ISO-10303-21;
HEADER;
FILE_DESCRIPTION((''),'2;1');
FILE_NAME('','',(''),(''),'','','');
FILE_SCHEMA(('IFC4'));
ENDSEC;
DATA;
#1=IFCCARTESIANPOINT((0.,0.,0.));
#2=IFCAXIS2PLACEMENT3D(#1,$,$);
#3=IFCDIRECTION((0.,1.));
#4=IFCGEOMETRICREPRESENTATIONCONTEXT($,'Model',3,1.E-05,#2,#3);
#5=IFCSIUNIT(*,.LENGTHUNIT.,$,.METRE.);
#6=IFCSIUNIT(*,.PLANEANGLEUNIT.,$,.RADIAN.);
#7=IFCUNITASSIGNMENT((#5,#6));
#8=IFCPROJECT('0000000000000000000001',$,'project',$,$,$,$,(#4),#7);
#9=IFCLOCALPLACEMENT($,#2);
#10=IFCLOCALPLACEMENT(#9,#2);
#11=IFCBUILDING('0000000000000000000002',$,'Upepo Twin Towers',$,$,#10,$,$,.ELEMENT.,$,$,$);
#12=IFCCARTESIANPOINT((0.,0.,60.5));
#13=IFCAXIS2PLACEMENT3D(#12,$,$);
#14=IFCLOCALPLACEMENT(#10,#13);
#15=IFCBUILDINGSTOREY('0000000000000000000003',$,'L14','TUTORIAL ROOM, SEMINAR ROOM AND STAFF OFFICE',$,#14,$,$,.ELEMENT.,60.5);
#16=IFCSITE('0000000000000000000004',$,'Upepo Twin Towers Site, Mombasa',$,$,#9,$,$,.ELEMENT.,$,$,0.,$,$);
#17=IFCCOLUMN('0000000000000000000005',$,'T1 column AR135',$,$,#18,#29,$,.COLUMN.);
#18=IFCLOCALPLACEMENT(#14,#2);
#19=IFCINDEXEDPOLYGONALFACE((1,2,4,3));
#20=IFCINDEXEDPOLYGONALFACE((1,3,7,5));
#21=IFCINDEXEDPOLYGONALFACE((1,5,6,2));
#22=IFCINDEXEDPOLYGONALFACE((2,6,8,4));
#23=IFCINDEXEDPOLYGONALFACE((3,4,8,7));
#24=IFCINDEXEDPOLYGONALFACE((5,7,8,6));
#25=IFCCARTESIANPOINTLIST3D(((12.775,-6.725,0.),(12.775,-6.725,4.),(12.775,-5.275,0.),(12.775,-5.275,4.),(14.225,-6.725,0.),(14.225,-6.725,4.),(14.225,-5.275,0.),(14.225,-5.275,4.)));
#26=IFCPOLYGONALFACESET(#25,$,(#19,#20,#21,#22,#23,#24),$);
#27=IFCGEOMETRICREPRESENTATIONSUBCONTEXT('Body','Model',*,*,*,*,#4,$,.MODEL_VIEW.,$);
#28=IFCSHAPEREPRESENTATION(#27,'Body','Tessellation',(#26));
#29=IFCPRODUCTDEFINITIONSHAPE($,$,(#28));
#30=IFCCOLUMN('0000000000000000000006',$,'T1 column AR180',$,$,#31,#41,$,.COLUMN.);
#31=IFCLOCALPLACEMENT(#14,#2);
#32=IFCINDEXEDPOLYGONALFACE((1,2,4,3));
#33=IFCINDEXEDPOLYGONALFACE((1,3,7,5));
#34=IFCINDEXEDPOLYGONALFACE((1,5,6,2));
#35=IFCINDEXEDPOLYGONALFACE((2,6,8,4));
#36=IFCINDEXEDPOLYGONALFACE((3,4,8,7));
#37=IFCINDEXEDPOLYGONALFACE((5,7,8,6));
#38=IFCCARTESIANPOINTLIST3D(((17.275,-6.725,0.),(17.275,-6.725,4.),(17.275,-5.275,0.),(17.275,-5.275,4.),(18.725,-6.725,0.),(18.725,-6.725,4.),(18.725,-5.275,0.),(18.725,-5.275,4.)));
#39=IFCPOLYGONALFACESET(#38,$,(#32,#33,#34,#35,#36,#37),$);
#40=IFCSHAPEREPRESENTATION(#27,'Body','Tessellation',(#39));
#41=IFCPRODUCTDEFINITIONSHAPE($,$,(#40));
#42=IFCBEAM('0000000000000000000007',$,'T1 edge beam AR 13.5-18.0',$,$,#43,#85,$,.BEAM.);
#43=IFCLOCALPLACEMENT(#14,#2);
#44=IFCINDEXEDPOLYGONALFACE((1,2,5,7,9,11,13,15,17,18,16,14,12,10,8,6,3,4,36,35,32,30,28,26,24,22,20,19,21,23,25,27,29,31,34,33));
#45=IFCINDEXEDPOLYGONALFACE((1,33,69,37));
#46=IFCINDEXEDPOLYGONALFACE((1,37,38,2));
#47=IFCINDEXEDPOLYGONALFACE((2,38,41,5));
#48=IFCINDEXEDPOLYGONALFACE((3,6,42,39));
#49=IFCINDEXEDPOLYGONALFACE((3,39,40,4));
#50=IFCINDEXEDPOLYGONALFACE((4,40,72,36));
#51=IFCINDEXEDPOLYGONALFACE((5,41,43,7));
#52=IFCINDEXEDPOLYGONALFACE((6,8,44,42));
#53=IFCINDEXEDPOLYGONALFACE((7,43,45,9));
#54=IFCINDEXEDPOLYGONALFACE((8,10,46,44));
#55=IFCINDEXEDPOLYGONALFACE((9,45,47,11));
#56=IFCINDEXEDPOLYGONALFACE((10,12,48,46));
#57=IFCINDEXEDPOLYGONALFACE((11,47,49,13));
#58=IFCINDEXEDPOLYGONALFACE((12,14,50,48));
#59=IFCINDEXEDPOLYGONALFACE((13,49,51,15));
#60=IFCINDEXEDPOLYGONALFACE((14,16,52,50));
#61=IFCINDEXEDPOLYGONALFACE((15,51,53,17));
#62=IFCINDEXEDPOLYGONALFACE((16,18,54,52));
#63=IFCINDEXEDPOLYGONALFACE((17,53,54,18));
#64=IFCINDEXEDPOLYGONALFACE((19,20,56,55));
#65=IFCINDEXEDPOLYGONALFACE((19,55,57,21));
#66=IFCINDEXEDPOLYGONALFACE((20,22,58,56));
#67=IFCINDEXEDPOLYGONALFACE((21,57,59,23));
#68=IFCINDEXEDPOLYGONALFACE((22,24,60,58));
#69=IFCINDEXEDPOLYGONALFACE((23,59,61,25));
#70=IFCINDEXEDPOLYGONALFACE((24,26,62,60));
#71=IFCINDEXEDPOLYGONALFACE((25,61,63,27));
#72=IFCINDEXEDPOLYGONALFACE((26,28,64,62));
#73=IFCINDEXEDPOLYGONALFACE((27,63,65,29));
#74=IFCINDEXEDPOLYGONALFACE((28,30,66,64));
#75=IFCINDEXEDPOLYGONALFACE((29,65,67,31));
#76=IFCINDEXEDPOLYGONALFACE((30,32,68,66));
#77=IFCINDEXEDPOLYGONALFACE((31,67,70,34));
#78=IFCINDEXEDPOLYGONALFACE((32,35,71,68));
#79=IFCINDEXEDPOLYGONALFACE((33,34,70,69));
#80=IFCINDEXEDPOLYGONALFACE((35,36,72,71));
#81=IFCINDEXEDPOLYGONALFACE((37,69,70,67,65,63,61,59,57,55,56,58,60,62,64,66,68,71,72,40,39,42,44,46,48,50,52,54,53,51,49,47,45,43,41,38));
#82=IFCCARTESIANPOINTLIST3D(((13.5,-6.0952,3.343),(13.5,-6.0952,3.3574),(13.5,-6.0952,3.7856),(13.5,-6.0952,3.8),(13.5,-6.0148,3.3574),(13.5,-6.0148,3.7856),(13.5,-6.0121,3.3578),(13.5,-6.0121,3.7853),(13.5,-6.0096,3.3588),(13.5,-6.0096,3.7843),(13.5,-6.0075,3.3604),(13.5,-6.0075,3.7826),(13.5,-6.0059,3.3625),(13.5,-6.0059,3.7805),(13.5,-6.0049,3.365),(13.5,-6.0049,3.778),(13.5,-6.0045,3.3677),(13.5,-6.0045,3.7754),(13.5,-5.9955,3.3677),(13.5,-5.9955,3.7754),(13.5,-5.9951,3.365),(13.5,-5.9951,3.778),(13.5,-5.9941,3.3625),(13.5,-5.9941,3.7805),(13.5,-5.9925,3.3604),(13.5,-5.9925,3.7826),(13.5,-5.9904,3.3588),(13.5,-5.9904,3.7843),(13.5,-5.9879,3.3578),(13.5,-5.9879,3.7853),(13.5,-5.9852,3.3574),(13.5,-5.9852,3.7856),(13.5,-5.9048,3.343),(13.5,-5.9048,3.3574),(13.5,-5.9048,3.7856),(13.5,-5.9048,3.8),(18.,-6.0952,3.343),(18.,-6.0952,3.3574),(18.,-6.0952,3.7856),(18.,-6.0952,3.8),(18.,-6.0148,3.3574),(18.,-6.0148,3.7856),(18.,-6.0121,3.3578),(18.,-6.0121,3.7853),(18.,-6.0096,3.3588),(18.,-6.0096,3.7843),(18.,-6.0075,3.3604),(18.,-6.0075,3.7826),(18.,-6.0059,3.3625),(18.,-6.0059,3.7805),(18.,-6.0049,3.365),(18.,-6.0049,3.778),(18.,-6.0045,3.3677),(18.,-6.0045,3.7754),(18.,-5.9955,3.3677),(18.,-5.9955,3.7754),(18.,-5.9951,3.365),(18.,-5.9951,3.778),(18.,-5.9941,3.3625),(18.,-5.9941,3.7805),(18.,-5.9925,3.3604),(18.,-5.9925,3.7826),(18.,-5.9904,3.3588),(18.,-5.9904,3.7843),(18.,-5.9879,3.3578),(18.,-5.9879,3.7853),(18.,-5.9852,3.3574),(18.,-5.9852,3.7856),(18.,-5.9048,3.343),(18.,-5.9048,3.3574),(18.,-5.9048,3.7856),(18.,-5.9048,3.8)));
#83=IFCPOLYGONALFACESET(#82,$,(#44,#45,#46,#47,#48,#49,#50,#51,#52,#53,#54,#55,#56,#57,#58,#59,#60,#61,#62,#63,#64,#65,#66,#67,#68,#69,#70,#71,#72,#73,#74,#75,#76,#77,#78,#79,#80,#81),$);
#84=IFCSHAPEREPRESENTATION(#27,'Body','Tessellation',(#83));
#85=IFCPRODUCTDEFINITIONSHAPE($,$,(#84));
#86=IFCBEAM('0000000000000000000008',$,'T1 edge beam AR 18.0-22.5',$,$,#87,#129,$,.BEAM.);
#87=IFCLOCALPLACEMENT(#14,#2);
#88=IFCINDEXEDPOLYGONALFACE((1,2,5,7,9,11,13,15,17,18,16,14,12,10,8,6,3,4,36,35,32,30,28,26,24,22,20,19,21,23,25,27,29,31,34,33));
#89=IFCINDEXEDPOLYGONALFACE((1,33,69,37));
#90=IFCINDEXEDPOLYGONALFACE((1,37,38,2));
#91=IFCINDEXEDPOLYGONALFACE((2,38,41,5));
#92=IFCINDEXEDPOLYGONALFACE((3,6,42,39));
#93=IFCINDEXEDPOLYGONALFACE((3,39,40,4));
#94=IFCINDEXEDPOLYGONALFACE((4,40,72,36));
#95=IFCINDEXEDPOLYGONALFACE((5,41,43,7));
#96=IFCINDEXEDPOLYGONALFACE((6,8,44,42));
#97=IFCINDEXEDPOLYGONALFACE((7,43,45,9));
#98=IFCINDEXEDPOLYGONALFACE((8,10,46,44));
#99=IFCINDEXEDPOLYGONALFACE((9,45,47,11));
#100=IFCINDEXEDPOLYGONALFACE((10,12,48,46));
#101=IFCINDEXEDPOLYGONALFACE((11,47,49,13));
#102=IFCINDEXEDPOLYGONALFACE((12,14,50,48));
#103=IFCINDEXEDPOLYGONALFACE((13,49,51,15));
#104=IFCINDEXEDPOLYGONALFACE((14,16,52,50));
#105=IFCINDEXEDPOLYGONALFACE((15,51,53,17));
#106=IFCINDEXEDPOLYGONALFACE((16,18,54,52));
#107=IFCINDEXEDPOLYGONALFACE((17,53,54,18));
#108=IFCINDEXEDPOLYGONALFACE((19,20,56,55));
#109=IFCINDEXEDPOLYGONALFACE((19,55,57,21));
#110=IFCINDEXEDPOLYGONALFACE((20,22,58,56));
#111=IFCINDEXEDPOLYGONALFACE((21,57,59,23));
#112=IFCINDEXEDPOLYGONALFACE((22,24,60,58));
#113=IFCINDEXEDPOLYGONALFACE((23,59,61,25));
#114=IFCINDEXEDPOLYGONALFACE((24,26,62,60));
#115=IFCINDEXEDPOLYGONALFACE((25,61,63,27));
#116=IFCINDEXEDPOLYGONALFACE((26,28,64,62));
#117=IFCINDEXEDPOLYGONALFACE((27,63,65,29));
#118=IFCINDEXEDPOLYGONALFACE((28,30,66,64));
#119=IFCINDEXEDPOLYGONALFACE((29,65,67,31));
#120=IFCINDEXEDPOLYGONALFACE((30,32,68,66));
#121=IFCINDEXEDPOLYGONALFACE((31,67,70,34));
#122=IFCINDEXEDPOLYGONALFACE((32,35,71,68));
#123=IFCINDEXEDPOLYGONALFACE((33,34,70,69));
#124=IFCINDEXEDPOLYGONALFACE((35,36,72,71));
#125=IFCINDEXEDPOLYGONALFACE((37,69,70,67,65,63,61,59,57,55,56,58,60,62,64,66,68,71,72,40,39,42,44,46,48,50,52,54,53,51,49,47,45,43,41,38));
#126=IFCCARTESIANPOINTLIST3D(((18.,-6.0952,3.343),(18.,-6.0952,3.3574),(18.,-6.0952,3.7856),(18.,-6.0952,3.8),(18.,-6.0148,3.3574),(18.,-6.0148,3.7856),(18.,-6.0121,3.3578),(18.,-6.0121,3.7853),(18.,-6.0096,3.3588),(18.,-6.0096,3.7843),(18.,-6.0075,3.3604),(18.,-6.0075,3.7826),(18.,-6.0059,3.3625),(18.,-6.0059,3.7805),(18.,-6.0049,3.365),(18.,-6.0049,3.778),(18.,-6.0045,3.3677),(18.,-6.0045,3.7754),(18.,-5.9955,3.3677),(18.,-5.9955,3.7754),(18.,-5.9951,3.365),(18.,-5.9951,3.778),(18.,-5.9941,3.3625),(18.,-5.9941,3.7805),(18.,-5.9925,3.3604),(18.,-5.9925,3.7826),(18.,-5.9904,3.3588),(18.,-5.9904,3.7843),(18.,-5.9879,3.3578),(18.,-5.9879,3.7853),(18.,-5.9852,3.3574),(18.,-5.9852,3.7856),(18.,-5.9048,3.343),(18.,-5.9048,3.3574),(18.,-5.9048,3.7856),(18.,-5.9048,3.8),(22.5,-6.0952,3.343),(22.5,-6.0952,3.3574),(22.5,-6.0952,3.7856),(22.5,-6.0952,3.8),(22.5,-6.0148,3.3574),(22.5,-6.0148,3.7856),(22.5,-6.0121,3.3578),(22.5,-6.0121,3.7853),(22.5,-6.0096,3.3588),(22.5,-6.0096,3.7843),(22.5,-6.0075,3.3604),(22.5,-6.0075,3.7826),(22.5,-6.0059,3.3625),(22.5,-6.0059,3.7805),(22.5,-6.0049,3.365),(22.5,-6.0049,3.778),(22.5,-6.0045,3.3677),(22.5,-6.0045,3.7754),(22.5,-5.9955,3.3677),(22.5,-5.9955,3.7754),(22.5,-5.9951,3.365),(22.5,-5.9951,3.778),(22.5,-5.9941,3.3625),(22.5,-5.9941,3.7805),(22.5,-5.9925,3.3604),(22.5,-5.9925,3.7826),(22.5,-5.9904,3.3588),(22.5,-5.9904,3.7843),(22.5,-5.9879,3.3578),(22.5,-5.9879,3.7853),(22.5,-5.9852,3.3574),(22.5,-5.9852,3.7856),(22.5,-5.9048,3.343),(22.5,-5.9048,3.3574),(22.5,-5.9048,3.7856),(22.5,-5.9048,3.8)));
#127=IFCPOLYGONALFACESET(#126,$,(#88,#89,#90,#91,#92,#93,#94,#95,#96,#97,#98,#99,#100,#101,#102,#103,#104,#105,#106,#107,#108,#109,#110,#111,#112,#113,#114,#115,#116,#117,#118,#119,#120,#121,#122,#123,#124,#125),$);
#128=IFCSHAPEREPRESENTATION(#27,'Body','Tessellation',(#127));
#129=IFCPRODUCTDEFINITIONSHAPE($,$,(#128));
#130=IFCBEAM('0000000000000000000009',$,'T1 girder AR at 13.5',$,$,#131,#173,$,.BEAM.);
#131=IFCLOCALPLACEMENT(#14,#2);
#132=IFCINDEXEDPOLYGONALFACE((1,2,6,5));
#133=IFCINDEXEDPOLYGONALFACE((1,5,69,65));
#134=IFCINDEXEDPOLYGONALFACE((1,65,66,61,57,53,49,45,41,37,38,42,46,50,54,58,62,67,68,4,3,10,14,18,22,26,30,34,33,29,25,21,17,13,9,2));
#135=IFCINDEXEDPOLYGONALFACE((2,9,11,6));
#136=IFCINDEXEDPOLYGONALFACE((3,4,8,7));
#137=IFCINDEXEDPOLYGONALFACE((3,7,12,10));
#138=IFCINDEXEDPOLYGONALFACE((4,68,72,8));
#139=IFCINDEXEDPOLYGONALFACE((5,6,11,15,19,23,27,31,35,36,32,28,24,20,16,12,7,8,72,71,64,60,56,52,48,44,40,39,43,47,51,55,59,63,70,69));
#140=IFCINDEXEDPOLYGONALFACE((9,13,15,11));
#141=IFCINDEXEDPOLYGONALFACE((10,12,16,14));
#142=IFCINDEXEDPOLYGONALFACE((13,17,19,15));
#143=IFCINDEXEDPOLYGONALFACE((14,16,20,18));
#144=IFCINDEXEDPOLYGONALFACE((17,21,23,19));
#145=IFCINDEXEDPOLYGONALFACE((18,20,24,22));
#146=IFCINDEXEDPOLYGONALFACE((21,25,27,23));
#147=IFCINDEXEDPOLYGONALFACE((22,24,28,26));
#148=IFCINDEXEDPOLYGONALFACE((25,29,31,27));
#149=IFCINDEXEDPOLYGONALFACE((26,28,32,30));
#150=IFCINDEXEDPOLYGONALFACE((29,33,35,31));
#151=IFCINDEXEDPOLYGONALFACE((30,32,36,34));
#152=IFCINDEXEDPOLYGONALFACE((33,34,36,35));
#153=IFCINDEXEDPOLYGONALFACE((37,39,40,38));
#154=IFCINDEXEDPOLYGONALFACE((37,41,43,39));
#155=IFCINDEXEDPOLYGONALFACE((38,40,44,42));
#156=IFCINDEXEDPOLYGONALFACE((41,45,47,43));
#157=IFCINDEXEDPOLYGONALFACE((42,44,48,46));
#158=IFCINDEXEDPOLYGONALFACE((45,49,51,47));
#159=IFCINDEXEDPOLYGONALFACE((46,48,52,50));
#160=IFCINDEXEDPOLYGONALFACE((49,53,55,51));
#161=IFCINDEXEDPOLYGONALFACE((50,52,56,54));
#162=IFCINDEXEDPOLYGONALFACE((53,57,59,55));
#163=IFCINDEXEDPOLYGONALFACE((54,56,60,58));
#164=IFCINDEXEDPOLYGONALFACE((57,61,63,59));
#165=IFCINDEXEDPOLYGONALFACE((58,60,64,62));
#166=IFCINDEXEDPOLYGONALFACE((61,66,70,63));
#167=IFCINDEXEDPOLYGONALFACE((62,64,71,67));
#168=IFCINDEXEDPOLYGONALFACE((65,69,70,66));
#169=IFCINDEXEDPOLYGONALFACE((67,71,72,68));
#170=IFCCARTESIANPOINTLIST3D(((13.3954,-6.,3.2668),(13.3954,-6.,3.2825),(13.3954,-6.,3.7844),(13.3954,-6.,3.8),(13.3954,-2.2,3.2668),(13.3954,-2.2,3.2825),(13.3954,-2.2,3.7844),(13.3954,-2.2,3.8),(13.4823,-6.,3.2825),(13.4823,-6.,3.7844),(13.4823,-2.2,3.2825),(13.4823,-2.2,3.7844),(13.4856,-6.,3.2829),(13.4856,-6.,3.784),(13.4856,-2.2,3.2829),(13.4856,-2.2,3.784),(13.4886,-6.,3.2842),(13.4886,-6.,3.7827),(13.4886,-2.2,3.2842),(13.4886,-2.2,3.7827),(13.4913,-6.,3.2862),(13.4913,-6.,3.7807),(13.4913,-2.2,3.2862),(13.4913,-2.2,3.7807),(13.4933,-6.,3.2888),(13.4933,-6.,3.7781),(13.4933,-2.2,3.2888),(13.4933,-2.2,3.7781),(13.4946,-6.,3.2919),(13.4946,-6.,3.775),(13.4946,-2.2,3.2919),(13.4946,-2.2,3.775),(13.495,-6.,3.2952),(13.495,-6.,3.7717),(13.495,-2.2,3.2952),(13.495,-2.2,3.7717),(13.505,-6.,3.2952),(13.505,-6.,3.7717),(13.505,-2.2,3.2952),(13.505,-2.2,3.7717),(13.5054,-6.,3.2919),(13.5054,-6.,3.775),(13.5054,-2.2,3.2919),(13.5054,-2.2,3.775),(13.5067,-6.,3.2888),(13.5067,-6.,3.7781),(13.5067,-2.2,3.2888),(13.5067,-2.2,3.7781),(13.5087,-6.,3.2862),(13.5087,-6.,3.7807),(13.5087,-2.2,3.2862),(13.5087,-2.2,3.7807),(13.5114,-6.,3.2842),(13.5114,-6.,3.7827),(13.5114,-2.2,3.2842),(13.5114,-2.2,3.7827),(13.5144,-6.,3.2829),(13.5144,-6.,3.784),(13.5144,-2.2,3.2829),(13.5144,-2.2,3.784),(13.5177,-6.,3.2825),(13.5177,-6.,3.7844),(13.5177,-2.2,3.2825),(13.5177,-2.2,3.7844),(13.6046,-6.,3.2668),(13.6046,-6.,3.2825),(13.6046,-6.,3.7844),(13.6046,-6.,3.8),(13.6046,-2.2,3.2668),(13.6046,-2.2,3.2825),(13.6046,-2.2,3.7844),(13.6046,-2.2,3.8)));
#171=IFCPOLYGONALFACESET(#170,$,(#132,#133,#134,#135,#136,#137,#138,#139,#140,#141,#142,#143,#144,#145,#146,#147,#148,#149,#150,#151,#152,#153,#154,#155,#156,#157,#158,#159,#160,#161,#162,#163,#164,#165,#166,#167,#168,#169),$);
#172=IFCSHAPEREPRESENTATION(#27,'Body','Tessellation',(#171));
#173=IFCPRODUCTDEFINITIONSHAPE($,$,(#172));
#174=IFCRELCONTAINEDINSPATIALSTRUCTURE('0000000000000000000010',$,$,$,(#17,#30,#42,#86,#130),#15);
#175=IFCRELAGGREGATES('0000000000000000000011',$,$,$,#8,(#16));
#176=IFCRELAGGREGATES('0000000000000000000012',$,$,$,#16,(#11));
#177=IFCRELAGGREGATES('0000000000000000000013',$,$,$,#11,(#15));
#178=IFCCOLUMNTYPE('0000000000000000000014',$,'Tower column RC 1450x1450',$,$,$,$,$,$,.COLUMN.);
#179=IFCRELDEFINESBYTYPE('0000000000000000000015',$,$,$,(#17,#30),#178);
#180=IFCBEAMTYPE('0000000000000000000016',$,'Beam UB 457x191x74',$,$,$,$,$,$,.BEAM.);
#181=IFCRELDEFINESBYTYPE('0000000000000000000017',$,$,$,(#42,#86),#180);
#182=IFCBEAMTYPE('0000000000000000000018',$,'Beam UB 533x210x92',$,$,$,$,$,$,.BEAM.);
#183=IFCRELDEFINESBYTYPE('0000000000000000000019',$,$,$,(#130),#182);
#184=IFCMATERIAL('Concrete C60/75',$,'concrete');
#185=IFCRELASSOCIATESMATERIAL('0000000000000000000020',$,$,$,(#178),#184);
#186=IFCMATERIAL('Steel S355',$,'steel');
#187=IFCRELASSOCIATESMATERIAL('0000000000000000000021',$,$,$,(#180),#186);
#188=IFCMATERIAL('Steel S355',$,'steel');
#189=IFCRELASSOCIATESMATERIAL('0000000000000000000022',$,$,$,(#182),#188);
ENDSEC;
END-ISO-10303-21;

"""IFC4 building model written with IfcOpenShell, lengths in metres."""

from ifc_helpers import new_model, si_unit, direction, frame, origin, origin_2d, place, context, subcontext, project, spatial, rectangle, i_section, extrude, material, material_profile, profile_set, type_object, element, save


model = new_model("IFC4")

# Units and contexts
model_context = context("Model", 3, precision=1e-05, world=origin(), true_north=direction((0.0, 1.0)))
body_context = subcontext(model_context, "Body", "Model", "MODEL_VIEW")
ifc_project = project(units=[si_unit("LENGTHUNIT", "METRE"), si_unit("PLANEANGLEUNIT", "RADIAN")], contexts=[model_context])

# Site, building, storey
site_placement = place(None, origin())
site = spatial("IfcSite", under=ifc_project, at=site_placement, Name="Upepo Twin Towers Site, Mombasa", CompositionType="ELEMENT", RefElevation=0.0)
building_placement = place(site_placement, origin())
building = spatial("IfcBuilding", under=site, at=building_placement, Name="Upepo Twin Towers", CompositionType="ELEMENT")
storey_placement = place(building_placement, frame((0.0, 0.0, 60.5)))
storey = spatial("IfcBuildingStorey", under=building, at=storey_placement, Name="L14", Description="TUTORIAL ROOM, SEMINAR ROOM AND STAFF OFFICE", CompositionType="ELEMENT", Elevation=60.5)

# Columns
ifc_material_1 = material(Name="Concrete C60/75", Category="concrete")
ifc_material_profile_1 = material_profile(ifc_material_1, rectangle(XDim=1.45, YDim=1.45, at=origin_2d()), Name="RC 1450x1450")
ifc_profile_set_1 = profile_set([ifc_material_profile_1], Name="Concrete C60/75")
column_type = type_object("IfcColumnType", Name="Tower column RC 1450x1450", PredefinedType="COLUMN", material=ifc_profile_set_1)
for number, where, z_axis, x_axis, name in (
    (1, (13.5, -6.0, 0.0), (0.0, 0.0, 1.0), (1.0, 0.0, 0.0), "T1 column AR135"),
    (2, (18.0, -6.0, 0.0), (0.0, 0.0, 1.0), (1.0, 0.0, 0.0), "T1 column AR180"),
):
    element("IfcColumn", number, at=place(storey_placement, frame(where, z_axis=z_axis, x_axis=x_axis)), inside=storey, type_object=column_type, Name=name, PredefinedType="COLUMN", context=body_context, shape_type="SweptSolid", body=[
        extrude(rectangle(XDim=1.45, YDim=1.45, at=origin_2d()), origin(), (0.0, 0.0, 1.0), 4.0),
    ])

# Beams
ifc_material_2 = material(Name="Steel S355", Category="steel")
ifc_material_profile_2 = material_profile(ifc_material_2, i_section(OverallWidth=0.1904, OverallDepth=0.457, WebThickness=0.009, FlangeThickness=0.0144, FilletRadius=0.0103, at=origin_2d()), Name="UB 457x191x74")
ifc_profile_set_2 = profile_set([ifc_material_profile_2], Name="Steel S355")
beam_type_1 = type_object("IfcBeamType", Name="Beam UB 457x191x74", PredefinedType="BEAM", material=ifc_profile_set_2)
for number, where, z_axis, x_axis, name in (
    (3, (13.5, -6.0, 3.5715), (1.0, 0.0, 0.0), (0.0, 1.0, 0.0), "T1 edge beam AR 13.5-18.0"),
    (4, (18.0, -6.0, 3.5715), (1.0, 0.0, 0.0), (0.0, 1.0, 0.0), "T1 edge beam AR 18.0-22.5"),
):
    element("IfcBeam", number, at=place(storey_placement, frame(where, z_axis=z_axis, x_axis=x_axis)), inside=storey, type_object=beam_type_1, Name=name, PredefinedType="BEAM", context=body_context, shape_type="SweptSolid", body=[
        extrude(i_section(OverallWidth=0.1904, OverallDepth=0.457, WebThickness=0.009, FlangeThickness=0.0144, FilletRadius=0.0103, at=origin_2d()), origin(), (0.0, 0.0, 1.0), 4.5),
    ])
ifc_material_3 = material(Name="Steel S355", Category="steel")
ifc_material_profile_3 = material_profile(ifc_material_3, i_section(OverallWidth=0.2092, OverallDepth=0.5332, WebThickness=0.01, FlangeThickness=0.0156, FilletRadius=0.0127, at=origin_2d()), Name="UB 533x210x92")
ifc_profile_set_3 = profile_set([ifc_material_profile_3], Name="Steel S355")
beam_type_2 = type_object("IfcBeamType", Name="Beam UB 533x210x92", PredefinedType="BEAM", material=ifc_profile_set_3)
for number, where, z_axis, x_axis, name in (
    (5, (13.5, -6.0, 3.5334), (0.0, 1.0, 0.0), (-1.0, 0.0, 0.0), "T1 girder AR at 13.5"),
):
    element("IfcBeam", number, at=place(storey_placement, frame(where, z_axis=z_axis, x_axis=x_axis)), inside=storey, type_object=beam_type_2, Name=name, PredefinedType="BEAM", context=body_context, shape_type="SweptSolid", body=[
        extrude(i_section(OverallWidth=0.2092, OverallDepth=0.5332, WebThickness=0.01, FlangeThickness=0.0156, FilletRadius=0.0127, at=origin_2d()), origin(), (0.0, 0.0, 1.0), 3.8),
    ])

save(model, "model.ifc")
